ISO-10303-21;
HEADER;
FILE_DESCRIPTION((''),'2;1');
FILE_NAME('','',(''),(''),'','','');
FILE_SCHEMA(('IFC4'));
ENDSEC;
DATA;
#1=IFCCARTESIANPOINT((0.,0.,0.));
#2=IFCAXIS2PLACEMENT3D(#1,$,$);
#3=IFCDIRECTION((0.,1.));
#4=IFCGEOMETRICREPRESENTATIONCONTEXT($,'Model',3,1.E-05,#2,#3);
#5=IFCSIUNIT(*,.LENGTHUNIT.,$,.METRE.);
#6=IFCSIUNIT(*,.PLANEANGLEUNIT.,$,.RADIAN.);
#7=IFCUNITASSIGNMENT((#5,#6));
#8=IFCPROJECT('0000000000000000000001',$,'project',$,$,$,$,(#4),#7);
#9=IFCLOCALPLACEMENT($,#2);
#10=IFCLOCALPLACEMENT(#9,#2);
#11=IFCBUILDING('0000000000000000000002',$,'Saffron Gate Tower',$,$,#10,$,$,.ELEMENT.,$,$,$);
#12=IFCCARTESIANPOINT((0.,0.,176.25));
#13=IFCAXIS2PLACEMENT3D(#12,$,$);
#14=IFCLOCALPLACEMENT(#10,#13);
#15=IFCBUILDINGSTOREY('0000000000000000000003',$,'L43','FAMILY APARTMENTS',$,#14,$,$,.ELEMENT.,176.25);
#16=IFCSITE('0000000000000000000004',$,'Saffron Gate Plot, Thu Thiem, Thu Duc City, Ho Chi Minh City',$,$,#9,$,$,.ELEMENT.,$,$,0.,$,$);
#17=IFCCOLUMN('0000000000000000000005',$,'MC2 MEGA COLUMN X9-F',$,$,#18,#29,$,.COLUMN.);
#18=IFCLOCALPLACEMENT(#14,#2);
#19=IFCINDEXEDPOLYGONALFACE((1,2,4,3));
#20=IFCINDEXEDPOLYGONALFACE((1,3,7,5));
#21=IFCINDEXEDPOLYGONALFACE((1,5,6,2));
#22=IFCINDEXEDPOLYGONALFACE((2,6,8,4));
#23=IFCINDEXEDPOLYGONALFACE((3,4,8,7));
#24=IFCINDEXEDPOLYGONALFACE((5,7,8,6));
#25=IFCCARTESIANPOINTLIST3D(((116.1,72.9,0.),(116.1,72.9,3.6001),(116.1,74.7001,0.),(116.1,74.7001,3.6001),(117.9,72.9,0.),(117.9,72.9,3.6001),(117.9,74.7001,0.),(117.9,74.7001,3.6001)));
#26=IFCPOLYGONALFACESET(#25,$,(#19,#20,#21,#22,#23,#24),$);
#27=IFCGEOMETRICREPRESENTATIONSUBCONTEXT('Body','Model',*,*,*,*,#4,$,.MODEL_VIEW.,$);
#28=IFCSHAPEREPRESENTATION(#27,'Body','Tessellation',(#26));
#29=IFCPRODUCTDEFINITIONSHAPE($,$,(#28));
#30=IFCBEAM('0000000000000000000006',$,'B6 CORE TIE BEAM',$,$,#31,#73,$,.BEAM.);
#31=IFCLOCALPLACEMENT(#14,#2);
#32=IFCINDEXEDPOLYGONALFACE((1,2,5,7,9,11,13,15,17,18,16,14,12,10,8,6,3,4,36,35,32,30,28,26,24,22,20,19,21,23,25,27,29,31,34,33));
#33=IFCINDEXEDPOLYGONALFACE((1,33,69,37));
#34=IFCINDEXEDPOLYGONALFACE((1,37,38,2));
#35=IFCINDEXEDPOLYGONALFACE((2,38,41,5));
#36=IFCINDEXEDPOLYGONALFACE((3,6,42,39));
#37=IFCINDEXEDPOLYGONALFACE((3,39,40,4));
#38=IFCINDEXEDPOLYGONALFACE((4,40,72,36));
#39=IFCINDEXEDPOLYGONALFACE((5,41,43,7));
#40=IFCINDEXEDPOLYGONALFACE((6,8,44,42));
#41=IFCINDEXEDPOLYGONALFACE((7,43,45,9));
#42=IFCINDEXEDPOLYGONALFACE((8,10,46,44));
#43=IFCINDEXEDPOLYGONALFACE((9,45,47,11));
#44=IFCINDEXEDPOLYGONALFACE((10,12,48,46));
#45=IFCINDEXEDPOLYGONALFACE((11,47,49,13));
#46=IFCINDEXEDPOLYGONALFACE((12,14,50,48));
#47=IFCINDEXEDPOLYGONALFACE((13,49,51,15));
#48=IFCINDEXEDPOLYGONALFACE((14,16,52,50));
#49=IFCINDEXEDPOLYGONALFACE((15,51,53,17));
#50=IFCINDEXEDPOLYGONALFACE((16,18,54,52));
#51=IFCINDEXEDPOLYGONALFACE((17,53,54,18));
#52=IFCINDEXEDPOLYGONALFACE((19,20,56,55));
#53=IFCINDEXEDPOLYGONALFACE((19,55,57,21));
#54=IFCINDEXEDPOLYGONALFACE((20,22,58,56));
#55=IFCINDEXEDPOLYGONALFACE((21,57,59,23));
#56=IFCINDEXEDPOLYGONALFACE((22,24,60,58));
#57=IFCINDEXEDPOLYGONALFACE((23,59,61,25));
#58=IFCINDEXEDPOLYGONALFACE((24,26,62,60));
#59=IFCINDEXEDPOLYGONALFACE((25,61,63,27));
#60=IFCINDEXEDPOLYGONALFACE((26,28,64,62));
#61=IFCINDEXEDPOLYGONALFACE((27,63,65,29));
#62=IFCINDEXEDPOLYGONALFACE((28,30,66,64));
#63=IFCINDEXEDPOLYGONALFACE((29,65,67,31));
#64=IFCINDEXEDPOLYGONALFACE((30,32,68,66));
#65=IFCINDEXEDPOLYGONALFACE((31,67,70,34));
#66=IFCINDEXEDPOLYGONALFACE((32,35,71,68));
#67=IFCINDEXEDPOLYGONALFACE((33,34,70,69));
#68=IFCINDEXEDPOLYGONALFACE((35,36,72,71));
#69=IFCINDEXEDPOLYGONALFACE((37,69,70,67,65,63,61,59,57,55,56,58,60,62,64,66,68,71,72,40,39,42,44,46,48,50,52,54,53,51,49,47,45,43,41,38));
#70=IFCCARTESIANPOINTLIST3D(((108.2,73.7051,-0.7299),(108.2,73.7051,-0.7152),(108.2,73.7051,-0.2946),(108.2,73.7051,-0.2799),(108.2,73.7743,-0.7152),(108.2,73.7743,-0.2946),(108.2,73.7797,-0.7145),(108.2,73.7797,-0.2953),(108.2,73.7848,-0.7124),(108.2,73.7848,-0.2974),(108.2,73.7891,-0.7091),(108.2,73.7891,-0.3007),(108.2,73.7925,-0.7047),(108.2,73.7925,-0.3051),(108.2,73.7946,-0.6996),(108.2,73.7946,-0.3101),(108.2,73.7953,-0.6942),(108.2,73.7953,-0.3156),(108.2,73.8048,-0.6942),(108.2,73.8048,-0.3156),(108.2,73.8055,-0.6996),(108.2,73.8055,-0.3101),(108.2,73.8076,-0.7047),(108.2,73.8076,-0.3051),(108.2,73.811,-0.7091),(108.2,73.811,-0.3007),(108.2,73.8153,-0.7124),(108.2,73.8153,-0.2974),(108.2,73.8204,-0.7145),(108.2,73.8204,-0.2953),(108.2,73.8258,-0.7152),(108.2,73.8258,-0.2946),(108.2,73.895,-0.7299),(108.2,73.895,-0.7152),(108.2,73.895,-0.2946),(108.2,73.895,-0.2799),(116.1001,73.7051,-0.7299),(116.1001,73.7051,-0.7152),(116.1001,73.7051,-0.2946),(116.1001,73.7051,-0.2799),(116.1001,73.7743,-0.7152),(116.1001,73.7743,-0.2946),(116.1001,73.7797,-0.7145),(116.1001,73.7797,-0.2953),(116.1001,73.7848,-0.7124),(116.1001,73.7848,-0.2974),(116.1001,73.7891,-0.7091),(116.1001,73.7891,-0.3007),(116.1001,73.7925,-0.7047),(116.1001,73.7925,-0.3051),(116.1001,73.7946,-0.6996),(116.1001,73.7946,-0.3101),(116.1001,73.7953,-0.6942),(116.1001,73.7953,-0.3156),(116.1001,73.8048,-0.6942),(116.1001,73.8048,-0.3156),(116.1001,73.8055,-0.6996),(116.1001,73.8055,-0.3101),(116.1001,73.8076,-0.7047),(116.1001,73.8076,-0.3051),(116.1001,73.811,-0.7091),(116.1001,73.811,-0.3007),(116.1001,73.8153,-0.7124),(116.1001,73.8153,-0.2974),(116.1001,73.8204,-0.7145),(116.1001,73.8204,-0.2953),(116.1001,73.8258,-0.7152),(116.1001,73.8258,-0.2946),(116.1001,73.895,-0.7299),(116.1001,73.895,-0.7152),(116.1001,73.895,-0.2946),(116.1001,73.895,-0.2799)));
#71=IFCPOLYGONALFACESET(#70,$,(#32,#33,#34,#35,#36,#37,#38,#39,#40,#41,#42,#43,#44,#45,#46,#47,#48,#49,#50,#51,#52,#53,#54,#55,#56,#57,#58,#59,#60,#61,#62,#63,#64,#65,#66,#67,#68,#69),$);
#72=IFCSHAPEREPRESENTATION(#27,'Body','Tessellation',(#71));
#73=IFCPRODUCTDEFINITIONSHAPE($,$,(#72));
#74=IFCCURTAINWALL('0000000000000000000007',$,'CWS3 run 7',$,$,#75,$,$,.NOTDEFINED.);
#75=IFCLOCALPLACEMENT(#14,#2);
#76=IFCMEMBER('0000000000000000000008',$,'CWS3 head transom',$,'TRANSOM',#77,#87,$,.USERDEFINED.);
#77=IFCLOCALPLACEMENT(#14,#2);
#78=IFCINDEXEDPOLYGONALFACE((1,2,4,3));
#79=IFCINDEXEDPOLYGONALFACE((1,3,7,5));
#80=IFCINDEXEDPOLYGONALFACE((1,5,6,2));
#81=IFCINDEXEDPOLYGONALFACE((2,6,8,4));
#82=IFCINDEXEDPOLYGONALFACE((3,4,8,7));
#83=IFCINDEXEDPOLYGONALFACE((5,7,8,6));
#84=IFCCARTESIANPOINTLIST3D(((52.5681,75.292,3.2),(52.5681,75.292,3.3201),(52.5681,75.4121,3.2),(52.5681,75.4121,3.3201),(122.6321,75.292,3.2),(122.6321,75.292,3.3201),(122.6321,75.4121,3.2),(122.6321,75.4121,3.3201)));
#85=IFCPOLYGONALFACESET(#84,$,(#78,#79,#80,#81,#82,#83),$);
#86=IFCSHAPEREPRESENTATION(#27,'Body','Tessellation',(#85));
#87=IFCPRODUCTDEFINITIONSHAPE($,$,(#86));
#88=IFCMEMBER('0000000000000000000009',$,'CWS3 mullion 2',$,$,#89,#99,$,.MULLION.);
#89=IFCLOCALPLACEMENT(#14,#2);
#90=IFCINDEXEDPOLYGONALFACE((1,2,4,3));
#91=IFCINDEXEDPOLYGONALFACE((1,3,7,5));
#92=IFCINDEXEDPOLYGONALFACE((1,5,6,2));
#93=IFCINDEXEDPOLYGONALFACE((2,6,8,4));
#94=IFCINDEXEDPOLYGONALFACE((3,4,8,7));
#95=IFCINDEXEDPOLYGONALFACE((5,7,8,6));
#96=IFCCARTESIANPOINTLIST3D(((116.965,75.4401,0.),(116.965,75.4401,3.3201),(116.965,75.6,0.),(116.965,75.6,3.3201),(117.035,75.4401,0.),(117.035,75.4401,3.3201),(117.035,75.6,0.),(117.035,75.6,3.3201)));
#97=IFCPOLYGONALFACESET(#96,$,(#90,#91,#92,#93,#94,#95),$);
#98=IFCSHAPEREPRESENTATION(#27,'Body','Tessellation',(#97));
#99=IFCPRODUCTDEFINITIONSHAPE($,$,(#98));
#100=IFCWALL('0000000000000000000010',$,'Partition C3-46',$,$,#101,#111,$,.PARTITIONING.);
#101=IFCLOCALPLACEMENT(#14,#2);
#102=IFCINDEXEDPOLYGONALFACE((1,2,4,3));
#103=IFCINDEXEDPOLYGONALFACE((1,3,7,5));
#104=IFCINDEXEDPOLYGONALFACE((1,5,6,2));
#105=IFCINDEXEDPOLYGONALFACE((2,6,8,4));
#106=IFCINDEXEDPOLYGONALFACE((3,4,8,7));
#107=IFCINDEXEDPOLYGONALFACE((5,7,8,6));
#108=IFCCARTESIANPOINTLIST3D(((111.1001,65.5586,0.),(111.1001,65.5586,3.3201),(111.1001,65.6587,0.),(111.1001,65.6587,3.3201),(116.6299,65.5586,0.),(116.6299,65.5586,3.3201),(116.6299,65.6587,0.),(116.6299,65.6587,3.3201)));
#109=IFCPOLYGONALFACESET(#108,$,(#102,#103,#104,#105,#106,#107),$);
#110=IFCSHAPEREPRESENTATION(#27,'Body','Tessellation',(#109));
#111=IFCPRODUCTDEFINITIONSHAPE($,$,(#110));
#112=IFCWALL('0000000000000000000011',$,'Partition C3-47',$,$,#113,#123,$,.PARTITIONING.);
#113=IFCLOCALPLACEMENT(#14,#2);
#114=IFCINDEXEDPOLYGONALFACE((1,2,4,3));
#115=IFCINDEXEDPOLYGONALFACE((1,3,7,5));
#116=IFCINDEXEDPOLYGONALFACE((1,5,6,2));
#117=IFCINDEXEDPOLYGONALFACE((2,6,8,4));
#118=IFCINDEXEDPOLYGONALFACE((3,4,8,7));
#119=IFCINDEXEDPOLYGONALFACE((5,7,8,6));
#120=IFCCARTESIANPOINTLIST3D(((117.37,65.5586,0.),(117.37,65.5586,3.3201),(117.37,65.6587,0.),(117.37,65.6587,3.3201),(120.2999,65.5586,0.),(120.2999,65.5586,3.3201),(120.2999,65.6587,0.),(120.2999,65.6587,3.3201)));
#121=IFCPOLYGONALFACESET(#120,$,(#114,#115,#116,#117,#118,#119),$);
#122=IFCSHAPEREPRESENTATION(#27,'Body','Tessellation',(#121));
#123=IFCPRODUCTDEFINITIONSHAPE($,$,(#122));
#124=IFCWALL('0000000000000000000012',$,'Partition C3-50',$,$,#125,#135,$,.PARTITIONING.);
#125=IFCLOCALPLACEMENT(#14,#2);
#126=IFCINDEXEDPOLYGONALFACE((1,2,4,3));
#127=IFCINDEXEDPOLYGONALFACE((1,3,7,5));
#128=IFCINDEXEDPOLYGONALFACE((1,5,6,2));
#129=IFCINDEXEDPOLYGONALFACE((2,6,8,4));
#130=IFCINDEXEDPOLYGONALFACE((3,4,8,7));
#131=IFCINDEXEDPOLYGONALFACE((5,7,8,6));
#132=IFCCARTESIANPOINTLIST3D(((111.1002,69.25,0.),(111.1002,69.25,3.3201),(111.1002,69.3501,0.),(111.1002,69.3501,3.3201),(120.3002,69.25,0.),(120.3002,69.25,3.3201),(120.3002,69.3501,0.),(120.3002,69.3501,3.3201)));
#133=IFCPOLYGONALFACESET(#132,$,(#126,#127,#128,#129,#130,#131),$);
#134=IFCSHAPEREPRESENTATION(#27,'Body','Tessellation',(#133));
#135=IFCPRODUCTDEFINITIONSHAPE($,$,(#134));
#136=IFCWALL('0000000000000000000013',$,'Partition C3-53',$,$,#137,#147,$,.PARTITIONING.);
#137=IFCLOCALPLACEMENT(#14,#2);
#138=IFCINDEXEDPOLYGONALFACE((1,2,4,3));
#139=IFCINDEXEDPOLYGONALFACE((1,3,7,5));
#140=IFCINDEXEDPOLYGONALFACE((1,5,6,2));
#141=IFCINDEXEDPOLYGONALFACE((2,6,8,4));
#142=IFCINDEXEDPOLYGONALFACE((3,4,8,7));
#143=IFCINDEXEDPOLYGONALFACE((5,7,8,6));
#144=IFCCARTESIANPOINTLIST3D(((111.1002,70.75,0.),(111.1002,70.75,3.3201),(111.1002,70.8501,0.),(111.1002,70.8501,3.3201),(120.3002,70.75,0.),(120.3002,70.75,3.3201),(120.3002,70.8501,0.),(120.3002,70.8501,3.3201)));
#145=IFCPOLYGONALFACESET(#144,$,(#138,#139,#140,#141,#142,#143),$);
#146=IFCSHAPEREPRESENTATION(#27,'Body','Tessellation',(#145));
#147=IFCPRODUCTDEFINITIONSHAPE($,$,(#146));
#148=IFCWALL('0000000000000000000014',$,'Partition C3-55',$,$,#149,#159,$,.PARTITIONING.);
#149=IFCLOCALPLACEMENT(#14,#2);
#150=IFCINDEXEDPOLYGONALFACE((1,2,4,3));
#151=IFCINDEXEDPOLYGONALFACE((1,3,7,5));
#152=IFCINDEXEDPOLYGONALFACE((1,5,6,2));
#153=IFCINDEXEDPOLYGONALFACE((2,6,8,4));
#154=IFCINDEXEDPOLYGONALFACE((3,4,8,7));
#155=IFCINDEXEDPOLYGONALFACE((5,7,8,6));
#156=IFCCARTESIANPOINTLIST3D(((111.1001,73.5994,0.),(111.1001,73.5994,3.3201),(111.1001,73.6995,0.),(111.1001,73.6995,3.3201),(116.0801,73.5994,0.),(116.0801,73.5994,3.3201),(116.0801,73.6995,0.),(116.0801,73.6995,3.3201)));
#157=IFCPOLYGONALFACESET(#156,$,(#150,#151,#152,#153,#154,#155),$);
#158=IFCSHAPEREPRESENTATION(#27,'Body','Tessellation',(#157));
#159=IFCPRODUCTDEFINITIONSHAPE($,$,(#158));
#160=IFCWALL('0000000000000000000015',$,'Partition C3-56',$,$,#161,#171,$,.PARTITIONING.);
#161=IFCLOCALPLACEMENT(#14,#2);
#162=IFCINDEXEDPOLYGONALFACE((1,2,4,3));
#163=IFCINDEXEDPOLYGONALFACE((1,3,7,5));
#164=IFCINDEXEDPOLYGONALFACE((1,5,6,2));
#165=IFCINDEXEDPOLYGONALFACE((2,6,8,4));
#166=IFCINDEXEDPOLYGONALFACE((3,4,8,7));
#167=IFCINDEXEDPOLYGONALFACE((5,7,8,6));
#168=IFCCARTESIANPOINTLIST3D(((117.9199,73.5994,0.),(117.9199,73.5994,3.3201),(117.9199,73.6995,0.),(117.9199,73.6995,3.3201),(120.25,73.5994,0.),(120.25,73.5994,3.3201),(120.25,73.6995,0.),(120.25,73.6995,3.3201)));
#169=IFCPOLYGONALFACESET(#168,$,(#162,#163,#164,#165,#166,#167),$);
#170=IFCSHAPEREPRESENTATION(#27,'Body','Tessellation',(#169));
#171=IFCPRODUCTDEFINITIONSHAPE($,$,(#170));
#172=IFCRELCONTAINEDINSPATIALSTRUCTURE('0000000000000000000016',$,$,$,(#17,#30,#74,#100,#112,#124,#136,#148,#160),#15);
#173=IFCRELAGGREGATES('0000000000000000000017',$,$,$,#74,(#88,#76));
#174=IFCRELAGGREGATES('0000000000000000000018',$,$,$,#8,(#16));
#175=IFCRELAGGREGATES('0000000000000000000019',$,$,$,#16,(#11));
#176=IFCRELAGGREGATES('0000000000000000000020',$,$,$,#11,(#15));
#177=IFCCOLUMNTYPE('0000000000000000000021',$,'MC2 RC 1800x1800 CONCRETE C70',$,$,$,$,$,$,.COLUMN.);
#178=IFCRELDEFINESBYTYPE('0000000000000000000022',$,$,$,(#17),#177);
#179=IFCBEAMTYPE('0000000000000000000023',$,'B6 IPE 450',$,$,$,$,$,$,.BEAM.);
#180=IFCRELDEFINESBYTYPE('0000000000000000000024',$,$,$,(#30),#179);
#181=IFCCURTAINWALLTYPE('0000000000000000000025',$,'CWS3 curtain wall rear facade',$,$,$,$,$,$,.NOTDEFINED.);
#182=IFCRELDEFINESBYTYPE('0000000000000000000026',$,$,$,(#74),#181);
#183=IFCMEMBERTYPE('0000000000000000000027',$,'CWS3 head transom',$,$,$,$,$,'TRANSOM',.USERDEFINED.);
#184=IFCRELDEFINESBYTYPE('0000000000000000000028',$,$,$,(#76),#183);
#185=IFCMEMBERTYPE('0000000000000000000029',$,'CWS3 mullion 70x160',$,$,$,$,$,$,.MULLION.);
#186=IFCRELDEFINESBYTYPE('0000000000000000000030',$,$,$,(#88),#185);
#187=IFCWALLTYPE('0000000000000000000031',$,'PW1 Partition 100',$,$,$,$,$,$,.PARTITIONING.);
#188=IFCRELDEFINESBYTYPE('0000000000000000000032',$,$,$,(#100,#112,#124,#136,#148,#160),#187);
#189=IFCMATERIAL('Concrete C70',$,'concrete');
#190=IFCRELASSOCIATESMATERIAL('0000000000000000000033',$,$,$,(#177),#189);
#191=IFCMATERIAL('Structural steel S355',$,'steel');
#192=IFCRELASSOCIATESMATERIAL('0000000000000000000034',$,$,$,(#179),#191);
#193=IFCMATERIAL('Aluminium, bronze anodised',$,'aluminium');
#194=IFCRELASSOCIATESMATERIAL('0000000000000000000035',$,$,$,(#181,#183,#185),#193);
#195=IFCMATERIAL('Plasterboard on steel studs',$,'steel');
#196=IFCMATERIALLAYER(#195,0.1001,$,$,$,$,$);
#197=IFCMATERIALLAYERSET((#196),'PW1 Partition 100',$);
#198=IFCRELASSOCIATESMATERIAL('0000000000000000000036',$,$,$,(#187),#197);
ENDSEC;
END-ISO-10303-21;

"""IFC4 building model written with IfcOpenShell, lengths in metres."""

from ifc_helpers import new_model, si_unit, direction, frame, frame_2d, origin, origin_2d, place, context, subcontext, project, spatial, rectangle, i_section, extrude, material, layer, layer_set, material_profile, profile_set, type_object, element, aggregate, save


model = new_model("IFC4")

# Units and contexts
model_context = context("Model", 3, precision=1e-05, world=origin(), true_north=direction((0.0, 1.0)))
body_context = subcontext(model_context, "Body", "Model", "MODEL_VIEW")
ifc_project = project(units=[si_unit("LENGTHUNIT", "METRE"), si_unit("PLANEANGLEUNIT", "RADIAN")], contexts=[model_context])

# Site, building, storey
site_placement = place(None, origin())
site = spatial("IfcSite", under=ifc_project, at=site_placement, Name="Saffron Gate Plot, Thu Thiem, Thu Duc City, Ho Chi Minh City", CompositionType="ELEMENT", RefElevation=0.0)
building_placement = place(site_placement, origin())
building = spatial("IfcBuilding", under=site, at=building_placement, Name="Saffron Gate Tower", CompositionType="ELEMENT")
storey_placement = place(building_placement, frame((0.0, 0.0, 176.25)))
storey = spatial("IfcBuildingStorey", under=building, at=storey_placement, Name="L43", Description="FAMILY APARTMENTS", CompositionType="ELEMENT", Elevation=176.25)

# Column
ifc_material_1 = material(Name="Concrete C70", Category="concrete")
ifc_material_profile_1 = material_profile(ifc_material_1, rectangle(XDim=1.8, YDim=1.8, at=origin_2d()))
ifc_profile_set_1 = profile_set([ifc_material_profile_1], Name="Concrete C70")
column_type = type_object("IfcColumnType", Name="MC2 RC 1800x1800 CONCRETE C70", PredefinedType="COLUMN", material=ifc_profile_set_1)
column_placement = place(storey_placement, frame((117.0, 73.8, 0.0), z_axis=(0.0, 0.0, 1.0), x_axis=(1.0, 0.0, 0.0)))
element("IfcColumn", 1, at=column_placement, inside=storey, type_object=column_type, Name="MC2 MEGA COLUMN X9-F", PredefinedType="COLUMN", context=body_context, shape_type="SweptSolid", body=[
    extrude(rectangle(XDim=1.8, YDim=1.8, at=origin_2d()), origin(), (0.0, 0.0, 1.0), 3.6001),
])

# Beam
ifc_material_2 = material(Name="Structural steel S355", Category="steel")
ifc_material_profile_2 = material_profile(ifc_material_2, i_section(OverallWidth=0.1899, OverallDepth=0.45, WebThickness=0.0095, FlangeThickness=0.0146, FilletRadius=0.021, at=origin_2d()))
ifc_profile_set_2 = profile_set([ifc_material_profile_2], Name="Structural steel S355")
beam_type = type_object("IfcBeamType", Name="B6 IPE 450", PredefinedType="BEAM", material=ifc_profile_set_2)
beam_placement = place(storey_placement, frame((116.1001, 73.8, -0.5049), z_axis=(-1.0, 0.0, 0.0), x_axis=(0.0, -1.0, 0.0)))
element("IfcBeam", 2, at=beam_placement, inside=storey, type_object=beam_type, Name="B6 CORE TIE BEAM", PredefinedType="BEAM", context=body_context, shape_type="SweptSolid", body=[
    extrude(i_section(OverallWidth=0.1899, OverallDepth=0.45, WebThickness=0.0095, FlangeThickness=0.0146, FilletRadius=0.021, at=origin_2d()), origin(), (0.0, 0.0, 1.0), 7.9001),
])

# Curtain wall, members
ifc_material_3 = material(Name="Aluminium, bronze anodised", Category="aluminium")
curtain_wall_type = type_object("IfcCurtainWallType", Name="CWS3 curtain wall rear facade", PredefinedType="NOTDEFINED", material=ifc_material_3)
curtain_wall_placement = place(storey_placement, origin())
curtain_wall = element("IfcCurtainWall", 3, at=curtain_wall_placement, inside=storey, type_object=curtain_wall_type, Name="CWS3 run 7", PredefinedType="NOTDEFINED")
ifc_material_profile_3 = material_profile(ifc_material_3, rectangle(XDim=0.1201, YDim=0.1201, at=origin_2d()))
ifc_profile_set_3 = profile_set([ifc_material_profile_3], Name="Aluminium, bronze anodised")
member_type_1 = type_object("IfcMemberType", Name="CWS3 head transom", ElementType="TRANSOM", PredefinedType="USERDEFINED", material=ifc_profile_set_3)
member_1_placement = place(storey_placement, frame((122.6321, 75.3521, 3.26), z_axis=(-1.0, 0.0, 0.0), x_axis=(0.0, -1.0, 0.0)))
member_1 = element("IfcMember", 4, at=member_1_placement, type_object=member_type_1, Name="CWS3 head transom", ObjectType="TRANSOM", PredefinedType="USERDEFINED", context=body_context, shape_type="SweptSolid", body=[
    extrude(rectangle(XDim=0.1201, YDim=0.1201, at=origin_2d()), origin(), (0.0, 0.0, 1.0), 70.064),
])
ifc_material_profile_4 = material_profile(ifc_material_3, rectangle(XDim=0.1599, YDim=0.0701, at=origin_2d()))
ifc_profile_set_4 = profile_set([ifc_material_profile_4], Name="Aluminium, bronze anodised")
member_type_2 = type_object("IfcMemberType", Name="CWS3 mullion 70x160", PredefinedType="MULLION", material=ifc_profile_set_4)
member_2_placement = place(storey_placement, frame((117.0, 75.52, 0.0), z_axis=(0.0, 0.0, 1.0), x_axis=(0.0, -1.0, 0.0)))
member_2 = element("IfcMember", 5, at=member_2_placement, type_object=member_type_2, Name="CWS3 mullion 2", PredefinedType="MULLION", context=body_context, shape_type="SweptSolid", body=[
    extrude(rectangle(XDim=0.1599, YDim=0.0701, at=origin_2d()), origin(), (0.0, 0.0, 1.0), 3.3201),
])
aggregate(curtain_wall, [member_2, member_1])

# Walls
ifc_material_4 = material(Name="Plasterboard on steel studs", Category="steel")
ifc_layer_1 = layer(ifc_material_4, 0.1001)
ifc_layer_set_1 = layer_set([ifc_layer_1], Name="PW1 Partition 100")
wall_type_1 = type_object("IfcWallType", Name="PW1 Partition 100", PredefinedType="PARTITIONING", material=ifc_layer_set_1)
wall_1_placement = place(storey_placement, frame((111.1001, 65.6086, 0.0), z_axis=(0.0, 0.0, 1.0), x_axis=(1.0, 0.0, 0.0)))
element("IfcWall", 6, at=wall_1_placement, inside=storey, type_object=wall_type_1, Name="Partition C3-46", PredefinedType="PARTITIONING", context=body_context, shape_type="SweptSolid", body=[
    extrude(rectangle(XDim=5.5298, YDim=0.1001, at=frame_2d((2.7649, 0.0))), origin(), (0.0, 0.0, 1.0), 3.3201),
])
wall_2_placement = place(storey_placement, frame((117.3701, 65.6086, 0.0), z_axis=(0.0, 0.0, 1.0), x_axis=(1.0, 0.0, 0.0)))
element("IfcWall", 7, at=wall_2_placement, inside=storey, type_object=wall_type_1, Name="Partition C3-47", PredefinedType="PARTITIONING", context=body_context, shape_type="SweptSolid", body=[
    extrude(rectangle(XDim=2.9299, YDim=0.1001, at=frame_2d((1.4648, 0.0))), origin(), (0.0, 0.0, 1.0), 3.3201),
])
for number, where, z_axis, x_axis, name in (
    (8, (111.1001, 69.3, 0.0), (0.0, 0.0, 1.0), (1.0, 0.0, 0.0), "Partition C3-50"),
    (9, (111.1001, 70.8, 0.0), (0.0, 0.0, 1.0), (1.0, 0.0, 0.0), "Partition C3-53"),
):
    element("IfcWall", number, at=place(storey_placement, frame(where, z_axis=z_axis, x_axis=x_axis)), inside=storey, type_object=wall_type_1, Name=name, PredefinedType="PARTITIONING", context=body_context, shape_type="SweptSolid", body=[
        extrude(rectangle(XDim=9.2, YDim=0.1001, at=frame_2d((4.6001, 0.0))), origin(), (0.0, 0.0, 1.0), 3.3201),
    ])
wall_3_placement = place(storey_placement, frame((111.1001, 73.6494, 0.0), z_axis=(0.0, 0.0, 1.0), x_axis=(1.0, 0.0, 0.0)))
element("IfcWall", 10, at=wall_3_placement, inside=storey, type_object=wall_type_1, Name="Partition C3-55", PredefinedType="PARTITIONING", context=body_context, shape_type="SweptSolid", body=[
    extrude(rectangle(XDim=4.98, YDim=0.1001, at=frame_2d((2.49, 0.0))), origin(), (0.0, 0.0, 1.0), 3.3201),
])
wall_4_placement = place(storey_placement, frame((117.9199, 73.6494, 0.0), z_axis=(0.0, 0.0, 1.0), x_axis=(1.0, 0.0, 0.0)))
element("IfcWall", 11, at=wall_4_placement, inside=storey, type_object=wall_type_1, Name="Partition C3-56", PredefinedType="PARTITIONING", context=body_context, shape_type="SweptSolid", body=[
    extrude(rectangle(XDim=2.3301, YDim=0.1001, at=frame_2d((1.165, 0.0))), origin(), (0.0, 0.0, 1.0), 3.3201),
])

save(model, "model.ifc")
